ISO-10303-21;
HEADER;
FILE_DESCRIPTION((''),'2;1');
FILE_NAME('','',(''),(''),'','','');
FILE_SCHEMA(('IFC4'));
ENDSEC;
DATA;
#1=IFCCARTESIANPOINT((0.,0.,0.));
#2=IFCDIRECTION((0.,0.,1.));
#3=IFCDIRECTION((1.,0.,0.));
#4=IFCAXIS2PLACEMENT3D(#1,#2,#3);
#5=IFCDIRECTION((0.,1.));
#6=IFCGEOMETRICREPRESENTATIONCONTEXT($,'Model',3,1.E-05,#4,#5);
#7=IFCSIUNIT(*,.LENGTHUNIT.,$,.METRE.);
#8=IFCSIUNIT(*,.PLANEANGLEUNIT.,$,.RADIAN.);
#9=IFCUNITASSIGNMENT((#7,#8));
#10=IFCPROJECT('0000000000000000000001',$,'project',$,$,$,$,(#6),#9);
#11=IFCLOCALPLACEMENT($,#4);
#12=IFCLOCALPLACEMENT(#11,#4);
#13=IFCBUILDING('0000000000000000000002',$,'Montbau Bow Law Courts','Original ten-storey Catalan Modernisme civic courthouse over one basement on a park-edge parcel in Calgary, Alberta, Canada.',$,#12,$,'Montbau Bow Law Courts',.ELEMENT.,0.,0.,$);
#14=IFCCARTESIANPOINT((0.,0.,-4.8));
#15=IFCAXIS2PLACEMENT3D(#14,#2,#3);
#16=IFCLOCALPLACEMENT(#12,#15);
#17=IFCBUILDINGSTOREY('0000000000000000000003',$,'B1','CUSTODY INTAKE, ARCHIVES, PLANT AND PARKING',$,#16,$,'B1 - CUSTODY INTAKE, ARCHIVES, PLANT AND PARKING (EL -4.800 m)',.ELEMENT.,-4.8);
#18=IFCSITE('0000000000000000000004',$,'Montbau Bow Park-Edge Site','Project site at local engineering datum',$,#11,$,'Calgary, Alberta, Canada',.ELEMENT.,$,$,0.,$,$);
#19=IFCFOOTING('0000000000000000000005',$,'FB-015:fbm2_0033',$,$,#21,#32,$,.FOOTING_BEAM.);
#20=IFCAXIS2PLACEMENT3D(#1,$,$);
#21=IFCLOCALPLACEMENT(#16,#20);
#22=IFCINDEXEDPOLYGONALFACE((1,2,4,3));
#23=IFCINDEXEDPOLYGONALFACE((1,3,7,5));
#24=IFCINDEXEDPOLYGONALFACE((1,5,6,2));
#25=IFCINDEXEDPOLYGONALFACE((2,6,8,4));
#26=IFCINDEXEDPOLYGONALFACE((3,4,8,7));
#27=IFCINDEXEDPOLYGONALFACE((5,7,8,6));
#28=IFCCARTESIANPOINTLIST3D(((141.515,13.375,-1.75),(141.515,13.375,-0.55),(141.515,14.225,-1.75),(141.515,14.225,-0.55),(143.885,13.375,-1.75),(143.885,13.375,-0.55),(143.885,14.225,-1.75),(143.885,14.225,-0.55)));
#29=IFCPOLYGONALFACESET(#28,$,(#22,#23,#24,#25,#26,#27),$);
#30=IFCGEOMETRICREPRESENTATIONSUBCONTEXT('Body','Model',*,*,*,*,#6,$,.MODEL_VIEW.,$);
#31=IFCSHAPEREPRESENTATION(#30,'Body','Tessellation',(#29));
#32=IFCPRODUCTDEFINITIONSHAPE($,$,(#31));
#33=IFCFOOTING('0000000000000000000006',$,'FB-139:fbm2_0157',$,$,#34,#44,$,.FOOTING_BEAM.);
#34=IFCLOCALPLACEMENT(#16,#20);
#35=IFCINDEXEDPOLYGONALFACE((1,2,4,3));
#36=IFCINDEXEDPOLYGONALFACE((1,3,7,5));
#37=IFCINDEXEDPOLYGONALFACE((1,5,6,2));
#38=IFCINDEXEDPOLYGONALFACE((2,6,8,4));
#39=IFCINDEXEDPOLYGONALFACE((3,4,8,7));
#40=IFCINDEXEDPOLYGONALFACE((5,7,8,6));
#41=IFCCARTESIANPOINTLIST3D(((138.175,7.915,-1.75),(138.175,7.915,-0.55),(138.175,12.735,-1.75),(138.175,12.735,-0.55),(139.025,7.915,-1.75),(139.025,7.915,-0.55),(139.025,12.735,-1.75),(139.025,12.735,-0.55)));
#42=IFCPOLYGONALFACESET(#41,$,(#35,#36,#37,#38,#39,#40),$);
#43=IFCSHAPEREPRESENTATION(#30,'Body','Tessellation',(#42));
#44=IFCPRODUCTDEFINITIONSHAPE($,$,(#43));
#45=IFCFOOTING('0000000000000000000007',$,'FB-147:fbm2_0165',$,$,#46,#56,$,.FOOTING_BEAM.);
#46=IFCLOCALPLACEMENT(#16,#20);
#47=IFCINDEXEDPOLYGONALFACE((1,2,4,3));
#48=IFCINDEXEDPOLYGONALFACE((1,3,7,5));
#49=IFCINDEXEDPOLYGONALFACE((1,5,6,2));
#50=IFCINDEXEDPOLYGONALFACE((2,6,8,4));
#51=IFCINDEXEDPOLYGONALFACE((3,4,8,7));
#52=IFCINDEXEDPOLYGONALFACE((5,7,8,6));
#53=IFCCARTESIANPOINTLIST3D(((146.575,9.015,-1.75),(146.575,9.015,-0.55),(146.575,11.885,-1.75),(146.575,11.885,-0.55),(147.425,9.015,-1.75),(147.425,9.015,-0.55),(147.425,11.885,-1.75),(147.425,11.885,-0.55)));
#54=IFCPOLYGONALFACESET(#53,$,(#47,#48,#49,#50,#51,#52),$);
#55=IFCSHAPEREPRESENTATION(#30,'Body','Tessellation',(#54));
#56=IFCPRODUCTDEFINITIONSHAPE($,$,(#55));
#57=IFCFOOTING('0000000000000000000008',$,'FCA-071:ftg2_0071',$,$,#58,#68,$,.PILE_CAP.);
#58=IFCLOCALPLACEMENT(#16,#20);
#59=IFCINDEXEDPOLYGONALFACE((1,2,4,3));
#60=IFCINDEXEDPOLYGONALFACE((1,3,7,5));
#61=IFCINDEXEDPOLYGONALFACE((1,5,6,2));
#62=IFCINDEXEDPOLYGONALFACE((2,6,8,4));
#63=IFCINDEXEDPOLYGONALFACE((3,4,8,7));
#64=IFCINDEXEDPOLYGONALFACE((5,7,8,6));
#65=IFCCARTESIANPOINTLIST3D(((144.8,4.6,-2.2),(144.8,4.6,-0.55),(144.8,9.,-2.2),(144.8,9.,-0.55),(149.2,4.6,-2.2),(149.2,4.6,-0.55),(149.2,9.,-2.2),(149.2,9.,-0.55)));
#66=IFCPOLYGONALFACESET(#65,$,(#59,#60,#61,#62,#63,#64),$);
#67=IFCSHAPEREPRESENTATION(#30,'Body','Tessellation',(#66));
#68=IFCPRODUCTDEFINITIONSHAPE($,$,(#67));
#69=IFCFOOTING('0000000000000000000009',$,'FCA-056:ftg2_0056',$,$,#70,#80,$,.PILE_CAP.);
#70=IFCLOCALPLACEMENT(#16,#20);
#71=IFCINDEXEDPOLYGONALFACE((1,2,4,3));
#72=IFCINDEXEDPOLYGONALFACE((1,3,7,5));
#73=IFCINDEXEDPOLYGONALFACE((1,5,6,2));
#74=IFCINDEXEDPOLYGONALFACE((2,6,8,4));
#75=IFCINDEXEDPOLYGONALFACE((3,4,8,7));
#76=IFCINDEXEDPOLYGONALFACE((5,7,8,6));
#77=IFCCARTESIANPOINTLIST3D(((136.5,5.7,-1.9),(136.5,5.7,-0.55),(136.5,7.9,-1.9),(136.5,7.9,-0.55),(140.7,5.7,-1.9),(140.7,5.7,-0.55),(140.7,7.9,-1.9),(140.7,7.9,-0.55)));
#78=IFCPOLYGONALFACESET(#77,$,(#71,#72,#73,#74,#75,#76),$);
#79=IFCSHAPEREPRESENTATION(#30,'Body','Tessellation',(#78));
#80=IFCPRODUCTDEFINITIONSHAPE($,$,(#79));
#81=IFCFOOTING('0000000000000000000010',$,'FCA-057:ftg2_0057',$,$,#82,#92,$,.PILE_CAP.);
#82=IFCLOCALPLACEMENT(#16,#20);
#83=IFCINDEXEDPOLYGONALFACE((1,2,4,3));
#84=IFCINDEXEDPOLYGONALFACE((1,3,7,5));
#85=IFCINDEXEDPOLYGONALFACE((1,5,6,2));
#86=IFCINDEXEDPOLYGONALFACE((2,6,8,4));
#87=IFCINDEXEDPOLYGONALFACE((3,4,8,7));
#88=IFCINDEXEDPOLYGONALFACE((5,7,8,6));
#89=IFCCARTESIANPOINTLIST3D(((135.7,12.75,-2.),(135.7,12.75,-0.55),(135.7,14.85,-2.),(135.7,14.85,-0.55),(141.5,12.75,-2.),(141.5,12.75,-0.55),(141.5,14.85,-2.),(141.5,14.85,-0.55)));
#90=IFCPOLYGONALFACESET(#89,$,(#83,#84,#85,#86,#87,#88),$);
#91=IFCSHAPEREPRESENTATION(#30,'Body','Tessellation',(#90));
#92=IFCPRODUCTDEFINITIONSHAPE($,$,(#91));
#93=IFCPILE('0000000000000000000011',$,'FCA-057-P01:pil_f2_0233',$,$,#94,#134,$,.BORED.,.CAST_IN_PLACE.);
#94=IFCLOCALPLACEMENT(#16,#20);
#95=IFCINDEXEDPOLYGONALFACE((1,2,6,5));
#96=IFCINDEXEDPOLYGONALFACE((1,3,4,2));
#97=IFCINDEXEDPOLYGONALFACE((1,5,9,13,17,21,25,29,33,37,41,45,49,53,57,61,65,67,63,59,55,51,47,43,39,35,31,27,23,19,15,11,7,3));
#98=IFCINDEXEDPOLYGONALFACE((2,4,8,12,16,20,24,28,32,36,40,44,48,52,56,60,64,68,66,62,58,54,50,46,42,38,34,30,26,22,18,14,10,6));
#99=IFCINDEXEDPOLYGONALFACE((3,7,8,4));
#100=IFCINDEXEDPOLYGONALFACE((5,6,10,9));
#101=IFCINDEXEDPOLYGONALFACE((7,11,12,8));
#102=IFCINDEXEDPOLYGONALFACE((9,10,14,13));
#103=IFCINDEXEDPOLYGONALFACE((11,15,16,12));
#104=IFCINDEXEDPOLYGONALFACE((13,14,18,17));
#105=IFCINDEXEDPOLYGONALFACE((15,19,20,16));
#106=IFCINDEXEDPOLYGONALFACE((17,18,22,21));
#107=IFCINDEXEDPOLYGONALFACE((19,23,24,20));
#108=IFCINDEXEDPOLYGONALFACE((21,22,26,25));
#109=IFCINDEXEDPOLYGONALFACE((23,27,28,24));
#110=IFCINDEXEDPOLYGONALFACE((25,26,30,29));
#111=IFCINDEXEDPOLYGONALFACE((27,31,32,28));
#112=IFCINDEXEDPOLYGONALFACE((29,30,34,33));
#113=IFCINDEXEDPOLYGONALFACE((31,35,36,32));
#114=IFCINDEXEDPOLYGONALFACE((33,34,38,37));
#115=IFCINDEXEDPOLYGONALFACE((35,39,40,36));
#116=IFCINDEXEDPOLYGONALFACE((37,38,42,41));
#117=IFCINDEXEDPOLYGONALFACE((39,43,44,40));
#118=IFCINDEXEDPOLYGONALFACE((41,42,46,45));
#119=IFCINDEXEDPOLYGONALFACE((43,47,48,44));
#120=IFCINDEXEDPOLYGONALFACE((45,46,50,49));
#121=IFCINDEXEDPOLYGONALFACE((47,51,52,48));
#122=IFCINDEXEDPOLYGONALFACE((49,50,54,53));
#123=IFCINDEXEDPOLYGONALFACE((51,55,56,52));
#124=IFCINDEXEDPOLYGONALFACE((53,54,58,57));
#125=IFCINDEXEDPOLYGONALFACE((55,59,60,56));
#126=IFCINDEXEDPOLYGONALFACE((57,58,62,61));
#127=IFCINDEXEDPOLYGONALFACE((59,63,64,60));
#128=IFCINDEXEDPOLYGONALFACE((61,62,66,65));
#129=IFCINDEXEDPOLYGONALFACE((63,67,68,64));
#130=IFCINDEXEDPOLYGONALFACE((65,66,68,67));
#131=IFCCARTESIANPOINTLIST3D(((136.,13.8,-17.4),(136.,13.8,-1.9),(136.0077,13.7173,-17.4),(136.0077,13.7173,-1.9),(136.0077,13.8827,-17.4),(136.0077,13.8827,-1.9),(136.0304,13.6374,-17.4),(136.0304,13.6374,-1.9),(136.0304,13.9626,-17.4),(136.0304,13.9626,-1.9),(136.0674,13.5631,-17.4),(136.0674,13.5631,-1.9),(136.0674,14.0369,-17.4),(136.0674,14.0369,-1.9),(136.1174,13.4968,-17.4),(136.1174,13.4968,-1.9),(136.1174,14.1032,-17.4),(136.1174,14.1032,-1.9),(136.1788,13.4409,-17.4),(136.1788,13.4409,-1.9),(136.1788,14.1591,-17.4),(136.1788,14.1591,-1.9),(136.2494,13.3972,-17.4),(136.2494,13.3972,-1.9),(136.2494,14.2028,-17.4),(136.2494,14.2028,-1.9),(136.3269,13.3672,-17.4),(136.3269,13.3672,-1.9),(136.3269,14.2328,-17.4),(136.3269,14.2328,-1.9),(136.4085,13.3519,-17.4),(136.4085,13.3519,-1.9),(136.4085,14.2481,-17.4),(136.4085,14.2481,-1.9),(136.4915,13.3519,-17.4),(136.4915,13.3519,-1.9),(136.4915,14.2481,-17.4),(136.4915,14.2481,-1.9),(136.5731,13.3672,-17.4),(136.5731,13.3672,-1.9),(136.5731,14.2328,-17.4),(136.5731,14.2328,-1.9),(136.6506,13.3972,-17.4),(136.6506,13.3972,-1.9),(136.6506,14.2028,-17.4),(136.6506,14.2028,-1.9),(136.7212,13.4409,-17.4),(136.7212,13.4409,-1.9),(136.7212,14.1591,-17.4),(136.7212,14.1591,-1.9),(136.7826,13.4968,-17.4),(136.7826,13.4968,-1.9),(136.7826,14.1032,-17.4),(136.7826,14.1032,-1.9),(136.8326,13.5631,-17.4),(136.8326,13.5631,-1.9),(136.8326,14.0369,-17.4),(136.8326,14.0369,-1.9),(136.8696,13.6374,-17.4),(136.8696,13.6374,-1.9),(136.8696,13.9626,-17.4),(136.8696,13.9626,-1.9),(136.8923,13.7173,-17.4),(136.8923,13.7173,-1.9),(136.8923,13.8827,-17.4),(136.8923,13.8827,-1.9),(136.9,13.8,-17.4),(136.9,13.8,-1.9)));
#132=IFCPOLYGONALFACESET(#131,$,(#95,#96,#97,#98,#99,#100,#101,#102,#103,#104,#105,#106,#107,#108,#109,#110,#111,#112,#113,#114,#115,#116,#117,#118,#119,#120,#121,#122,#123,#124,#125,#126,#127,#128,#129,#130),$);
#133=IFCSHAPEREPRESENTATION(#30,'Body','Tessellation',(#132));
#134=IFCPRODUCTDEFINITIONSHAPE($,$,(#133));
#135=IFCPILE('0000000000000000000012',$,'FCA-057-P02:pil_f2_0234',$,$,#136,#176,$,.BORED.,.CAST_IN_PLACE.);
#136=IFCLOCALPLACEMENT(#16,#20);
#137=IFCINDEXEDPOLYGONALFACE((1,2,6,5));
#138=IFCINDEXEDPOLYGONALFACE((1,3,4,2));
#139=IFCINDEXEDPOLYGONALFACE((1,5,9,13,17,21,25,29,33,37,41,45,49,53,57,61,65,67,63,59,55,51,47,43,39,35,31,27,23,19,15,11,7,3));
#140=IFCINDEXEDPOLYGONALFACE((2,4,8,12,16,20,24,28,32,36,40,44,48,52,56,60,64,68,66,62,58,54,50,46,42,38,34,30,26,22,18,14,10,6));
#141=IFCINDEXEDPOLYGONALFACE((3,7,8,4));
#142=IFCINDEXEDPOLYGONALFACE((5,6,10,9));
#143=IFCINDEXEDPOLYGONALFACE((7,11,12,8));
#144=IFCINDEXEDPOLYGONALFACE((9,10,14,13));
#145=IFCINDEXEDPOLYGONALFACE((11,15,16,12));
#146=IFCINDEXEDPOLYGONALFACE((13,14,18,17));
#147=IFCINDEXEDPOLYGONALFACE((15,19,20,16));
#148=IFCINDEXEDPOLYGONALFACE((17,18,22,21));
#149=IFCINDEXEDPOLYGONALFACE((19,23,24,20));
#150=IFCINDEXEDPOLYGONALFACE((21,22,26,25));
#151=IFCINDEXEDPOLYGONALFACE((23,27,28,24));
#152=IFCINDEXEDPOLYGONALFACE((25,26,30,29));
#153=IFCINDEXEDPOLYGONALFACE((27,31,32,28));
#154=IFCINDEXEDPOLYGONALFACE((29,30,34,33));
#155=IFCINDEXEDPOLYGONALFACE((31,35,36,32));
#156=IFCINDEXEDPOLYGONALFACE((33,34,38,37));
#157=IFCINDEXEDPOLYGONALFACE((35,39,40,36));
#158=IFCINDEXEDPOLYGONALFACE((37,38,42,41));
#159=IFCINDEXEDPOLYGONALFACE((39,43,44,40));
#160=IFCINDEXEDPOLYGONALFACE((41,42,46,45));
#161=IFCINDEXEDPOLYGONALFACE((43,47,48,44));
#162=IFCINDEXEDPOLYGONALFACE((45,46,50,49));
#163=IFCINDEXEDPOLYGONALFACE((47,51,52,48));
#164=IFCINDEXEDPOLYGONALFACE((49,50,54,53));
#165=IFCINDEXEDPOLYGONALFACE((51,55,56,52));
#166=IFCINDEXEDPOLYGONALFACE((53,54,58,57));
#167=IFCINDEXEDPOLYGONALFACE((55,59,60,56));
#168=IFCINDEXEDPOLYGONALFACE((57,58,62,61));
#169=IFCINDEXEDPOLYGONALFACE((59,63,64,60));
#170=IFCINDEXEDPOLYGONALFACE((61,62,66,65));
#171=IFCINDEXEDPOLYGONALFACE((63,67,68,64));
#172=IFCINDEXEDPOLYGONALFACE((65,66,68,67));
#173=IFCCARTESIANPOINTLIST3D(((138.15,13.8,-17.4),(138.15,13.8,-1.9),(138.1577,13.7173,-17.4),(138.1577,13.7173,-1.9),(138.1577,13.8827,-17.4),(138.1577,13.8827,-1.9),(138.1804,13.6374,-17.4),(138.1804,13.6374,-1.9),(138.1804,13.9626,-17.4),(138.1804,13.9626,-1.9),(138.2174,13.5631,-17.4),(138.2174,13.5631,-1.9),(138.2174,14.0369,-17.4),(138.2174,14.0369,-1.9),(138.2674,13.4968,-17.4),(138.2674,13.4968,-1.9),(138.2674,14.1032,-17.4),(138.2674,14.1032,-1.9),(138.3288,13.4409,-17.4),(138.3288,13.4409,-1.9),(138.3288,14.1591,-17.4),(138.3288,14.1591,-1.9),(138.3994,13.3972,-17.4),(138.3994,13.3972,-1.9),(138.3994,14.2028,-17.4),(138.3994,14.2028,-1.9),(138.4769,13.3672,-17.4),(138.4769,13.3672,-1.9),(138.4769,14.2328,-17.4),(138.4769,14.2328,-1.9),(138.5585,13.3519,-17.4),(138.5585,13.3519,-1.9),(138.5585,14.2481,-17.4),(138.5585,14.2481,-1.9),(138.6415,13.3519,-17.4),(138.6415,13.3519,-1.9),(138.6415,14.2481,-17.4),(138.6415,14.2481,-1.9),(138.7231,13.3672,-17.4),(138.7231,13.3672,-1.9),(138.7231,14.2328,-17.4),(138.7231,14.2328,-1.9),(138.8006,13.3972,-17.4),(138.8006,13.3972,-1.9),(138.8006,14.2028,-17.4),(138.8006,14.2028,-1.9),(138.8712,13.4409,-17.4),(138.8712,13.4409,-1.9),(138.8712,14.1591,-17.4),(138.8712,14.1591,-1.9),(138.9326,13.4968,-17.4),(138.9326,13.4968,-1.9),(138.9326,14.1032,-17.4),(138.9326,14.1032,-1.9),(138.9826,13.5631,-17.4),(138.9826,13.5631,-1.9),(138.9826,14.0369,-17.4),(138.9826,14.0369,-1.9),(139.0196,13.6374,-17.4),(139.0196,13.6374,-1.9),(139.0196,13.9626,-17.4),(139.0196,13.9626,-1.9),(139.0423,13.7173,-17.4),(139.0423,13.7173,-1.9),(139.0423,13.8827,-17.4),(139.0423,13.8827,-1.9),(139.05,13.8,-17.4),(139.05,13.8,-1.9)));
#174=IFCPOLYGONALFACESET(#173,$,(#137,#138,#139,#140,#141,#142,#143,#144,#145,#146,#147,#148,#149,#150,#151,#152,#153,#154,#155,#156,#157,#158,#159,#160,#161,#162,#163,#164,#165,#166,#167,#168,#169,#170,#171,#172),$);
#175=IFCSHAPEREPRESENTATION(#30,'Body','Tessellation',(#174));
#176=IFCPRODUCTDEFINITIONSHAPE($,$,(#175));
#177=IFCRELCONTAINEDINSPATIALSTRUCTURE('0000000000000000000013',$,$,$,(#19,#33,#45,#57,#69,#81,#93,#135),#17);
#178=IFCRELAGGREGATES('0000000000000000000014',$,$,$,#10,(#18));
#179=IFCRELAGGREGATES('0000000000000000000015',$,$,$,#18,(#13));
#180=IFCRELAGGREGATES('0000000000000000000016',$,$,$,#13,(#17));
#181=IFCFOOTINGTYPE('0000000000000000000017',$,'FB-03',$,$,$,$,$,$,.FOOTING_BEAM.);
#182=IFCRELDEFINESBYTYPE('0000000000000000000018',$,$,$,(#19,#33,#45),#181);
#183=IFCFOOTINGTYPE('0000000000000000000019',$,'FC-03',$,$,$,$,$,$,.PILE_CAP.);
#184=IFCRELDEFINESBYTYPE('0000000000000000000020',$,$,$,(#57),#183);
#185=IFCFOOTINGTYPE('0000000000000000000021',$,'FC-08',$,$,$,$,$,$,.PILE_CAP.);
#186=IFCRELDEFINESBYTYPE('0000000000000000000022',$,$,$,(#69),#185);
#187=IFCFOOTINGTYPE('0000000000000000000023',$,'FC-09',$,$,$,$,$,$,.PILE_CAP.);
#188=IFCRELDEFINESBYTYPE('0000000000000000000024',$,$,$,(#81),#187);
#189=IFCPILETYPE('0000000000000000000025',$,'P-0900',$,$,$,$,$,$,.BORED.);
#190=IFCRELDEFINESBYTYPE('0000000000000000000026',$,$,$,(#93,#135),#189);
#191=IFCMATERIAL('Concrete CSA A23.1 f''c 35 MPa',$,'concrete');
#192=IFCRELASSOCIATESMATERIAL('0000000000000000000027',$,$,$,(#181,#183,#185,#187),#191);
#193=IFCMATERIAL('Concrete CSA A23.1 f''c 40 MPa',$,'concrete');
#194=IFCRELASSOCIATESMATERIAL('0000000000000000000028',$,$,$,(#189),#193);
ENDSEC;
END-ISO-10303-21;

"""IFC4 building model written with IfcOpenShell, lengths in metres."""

from ifc_helpers import new_model, si_unit, direction, frame, origin_with_axes, origin_2d_with_axis, place, context, subcontext, project, spatial, rectangle, circle, extrude, material, material_profile, profile_set, type_object, element, save


model = new_model("IFC4")

# Units and contexts
model_context = context("Model", 3, precision=1e-05, world=origin_with_axes(), true_north=direction((0.0, 1.0)))
body_context = subcontext(model_context, "Body", "Model", "MODEL_VIEW")
ifc_project = project(units=[si_unit("LENGTHUNIT", "METRE"), si_unit("PLANEANGLEUNIT", "RADIAN")], contexts=[model_context])

# Site, building, storey
site_placement = place(None, origin_with_axes())
site = spatial("IfcSite", under=ifc_project, at=site_placement, Name="Montbau Bow Park-Edge Site", Description="Project site at local engineering datum", LongName="Calgary, Alberta, Canada", CompositionType="ELEMENT", RefElevation=0.0)
building_placement = place(site_placement, origin_with_axes())
building = spatial("IfcBuilding", under=site, at=building_placement, Name="Montbau Bow Law Courts", Description="Original ten-storey Catalan Modernisme civic courthouse over one basement on a park-edge parcel in Calgary, Alberta, Canada.", LongName="Montbau Bow Law Courts", CompositionType="ELEMENT", ElevationOfRefHeight=0.0, ElevationOfTerrain=0.0)
storey_placement = place(building_placement, frame((0.0, 0.0, -4.8), z_axis=(0.0, 0.0, 1.0), x_axis=(1.0, 0.0, 0.0)))
storey = spatial("IfcBuildingStorey", under=building, at=storey_placement, Name="B1", Description="CUSTODY INTAKE, ARCHIVES, PLANT AND PARKING", LongName="B1 - CUSTODY INTAKE, ARCHIVES, PLANT AND PARKING (EL -4.800 m)", CompositionType="ELEMENT", Elevation=-4.8)

# Footings
ifc_material_1 = material(Name="Concrete CSA A23.1 f'c 35 MPa", Category="concrete")
footing_type_1 = type_object("IfcFootingType", Name="FB-03", PredefinedType="FOOTING_BEAM", material=ifc_material_1)
footing_1_placement = place(None, frame((142.7, 13.8, -6.55), z_axis=(0.0, 0.0, 1.0), x_axis=(1.0, 0.0, 0.0)))
element("IfcFooting", 1, at=footing_1_placement, inside=storey, type_object=footing_type_1, Name="FB-015:fbm2_0033", PredefinedType="FOOTING_BEAM", context=body_context, shape_type="SweptSolid", body=[
    extrude(rectangle(XDim=2.37, YDim=0.85, at=origin_2d_with_axis()), origin_with_axes(), (0.0, 0.0, 1.0), 1.2),
])
footing_2_placement = place(None, frame((138.6, 10.325, -6.55), z_axis=(0.0, 0.0, 1.0), x_axis=(0.0, 1.0, 0.0)))
element("IfcFooting", 2, at=footing_2_placement, inside=storey, type_object=footing_type_1, Name="FB-139:fbm2_0157", PredefinedType="FOOTING_BEAM", context=body_context, shape_type="SweptSolid", body=[
    extrude(rectangle(XDim=4.82, YDim=0.85, at=origin_2d_with_axis()), origin_with_axes(), (0.0, 0.0, 1.0), 1.2),
])
footing_3_placement = place(None, frame((147.0, 10.45, -6.55), z_axis=(0.0, 0.0, 1.0), x_axis=(0.0, 1.0, 0.0)))
element("IfcFooting", 3, at=footing_3_placement, inside=storey, type_object=footing_type_1, Name="FB-147:fbm2_0165", PredefinedType="FOOTING_BEAM", context=body_context, shape_type="SweptSolid", body=[
    extrude(rectangle(XDim=2.87, YDim=0.85, at=origin_2d_with_axis()), origin_with_axes(), (0.0, 0.0, 1.0), 1.2),
])
footing_type_2 = type_object("IfcFootingType", Name="FC-03", PredefinedType="PILE_CAP", material=ifc_material_1)
footing_4_placement = place(None, frame((147.0, 6.8, -7.0), z_axis=(0.0, 0.0, 1.0), x_axis=(1.0, 0.0, 0.0)))
element("IfcFooting", 4, at=footing_4_placement, inside=storey, type_object=footing_type_2, Name="FCA-071:ftg2_0071", PredefinedType="PILE_CAP", context=body_context, shape_type="SweptSolid", body=[
    extrude(rectangle(XDim=4.4, YDim=4.4, at=origin_2d_with_axis()), origin_with_axes(), (0.0, 0.0, 1.0), 1.65),
])
footing_type_3 = type_object("IfcFootingType", Name="FC-08", PredefinedType="PILE_CAP", material=ifc_material_1)
footing_5_placement = place(None, frame((138.6, 6.8, -6.7), z_axis=(0.0, 0.0, 1.0), x_axis=(1.0, 0.0, 0.0)))
element("IfcFooting", 5, at=footing_5_placement, inside=storey, type_object=footing_type_3, Name="FCA-056:ftg2_0056", PredefinedType="PILE_CAP", context=body_context, shape_type="SweptSolid", body=[
    extrude(rectangle(XDim=4.2, YDim=2.2, at=origin_2d_with_axis()), origin_with_axes(), (0.0, 0.0, 1.0), 1.35),
])
footing_type_4 = type_object("IfcFootingType", Name="FC-09", PredefinedType="PILE_CAP", material=ifc_material_1)
footing_6_placement = place(None, frame((138.6, 13.8, -6.8), z_axis=(0.0, 0.0, 1.0), x_axis=(1.0, 0.0, 0.0)))
element("IfcFooting", 6, at=footing_6_placement, inside=storey, type_object=footing_type_4, Name="FCA-057:ftg2_0057", PredefinedType="PILE_CAP", context=body_context, shape_type="SweptSolid", body=[
    extrude(rectangle(XDim=5.8, YDim=2.1, at=origin_2d_with_axis()), origin_with_axes(), (0.0, 0.0, 1.0), 1.45),
])

# Piles
ifc_material_2 = material(Name="Concrete CSA A23.1 f'c 40 MPa", Category="concrete")
ifc_material_profile_1 = material_profile(ifc_material_2, circle(Radius=0.45, at=origin_2d_with_axis()), Name="BP900", Category="Main", Priority=0)
ifc_profile_set_1 = profile_set([ifc_material_profile_1], Name="Concrete CSA A23.1 f'c 40 MPa")
pile_type_1 = type_object("IfcPileType", Name="P-0900", PredefinedType="BORED", material=ifc_profile_set_1)
for number, where, z_axis, x_axis, name in (
    (7, (136.45, 13.8, -22.2), (0.0, 0.0, 1.0), (1.0, 0.0, 0.0), "FCA-057-P01:pil_f2_0233"),
    (8, (138.6, 13.8, -22.2), (0.0, 0.0, 1.0), (1.0, 0.0, 0.0), "FCA-057-P02:pil_f2_0234"),
):
    element("IfcPile", number, at=place(None, frame(where, z_axis=z_axis, x_axis=x_axis)), inside=storey, type_object=pile_type_1, Name=name, ConstructionType="CAST_IN_PLACE", PredefinedType="BORED", context=body_context, shape_type="SweptSolid", body=[
        extrude(circle(Radius=0.45, at=origin_2d_with_axis()), origin_with_axes(), (0.0, 0.0, 1.0), 15.5),
    ])

save(model, "model.ifc")
